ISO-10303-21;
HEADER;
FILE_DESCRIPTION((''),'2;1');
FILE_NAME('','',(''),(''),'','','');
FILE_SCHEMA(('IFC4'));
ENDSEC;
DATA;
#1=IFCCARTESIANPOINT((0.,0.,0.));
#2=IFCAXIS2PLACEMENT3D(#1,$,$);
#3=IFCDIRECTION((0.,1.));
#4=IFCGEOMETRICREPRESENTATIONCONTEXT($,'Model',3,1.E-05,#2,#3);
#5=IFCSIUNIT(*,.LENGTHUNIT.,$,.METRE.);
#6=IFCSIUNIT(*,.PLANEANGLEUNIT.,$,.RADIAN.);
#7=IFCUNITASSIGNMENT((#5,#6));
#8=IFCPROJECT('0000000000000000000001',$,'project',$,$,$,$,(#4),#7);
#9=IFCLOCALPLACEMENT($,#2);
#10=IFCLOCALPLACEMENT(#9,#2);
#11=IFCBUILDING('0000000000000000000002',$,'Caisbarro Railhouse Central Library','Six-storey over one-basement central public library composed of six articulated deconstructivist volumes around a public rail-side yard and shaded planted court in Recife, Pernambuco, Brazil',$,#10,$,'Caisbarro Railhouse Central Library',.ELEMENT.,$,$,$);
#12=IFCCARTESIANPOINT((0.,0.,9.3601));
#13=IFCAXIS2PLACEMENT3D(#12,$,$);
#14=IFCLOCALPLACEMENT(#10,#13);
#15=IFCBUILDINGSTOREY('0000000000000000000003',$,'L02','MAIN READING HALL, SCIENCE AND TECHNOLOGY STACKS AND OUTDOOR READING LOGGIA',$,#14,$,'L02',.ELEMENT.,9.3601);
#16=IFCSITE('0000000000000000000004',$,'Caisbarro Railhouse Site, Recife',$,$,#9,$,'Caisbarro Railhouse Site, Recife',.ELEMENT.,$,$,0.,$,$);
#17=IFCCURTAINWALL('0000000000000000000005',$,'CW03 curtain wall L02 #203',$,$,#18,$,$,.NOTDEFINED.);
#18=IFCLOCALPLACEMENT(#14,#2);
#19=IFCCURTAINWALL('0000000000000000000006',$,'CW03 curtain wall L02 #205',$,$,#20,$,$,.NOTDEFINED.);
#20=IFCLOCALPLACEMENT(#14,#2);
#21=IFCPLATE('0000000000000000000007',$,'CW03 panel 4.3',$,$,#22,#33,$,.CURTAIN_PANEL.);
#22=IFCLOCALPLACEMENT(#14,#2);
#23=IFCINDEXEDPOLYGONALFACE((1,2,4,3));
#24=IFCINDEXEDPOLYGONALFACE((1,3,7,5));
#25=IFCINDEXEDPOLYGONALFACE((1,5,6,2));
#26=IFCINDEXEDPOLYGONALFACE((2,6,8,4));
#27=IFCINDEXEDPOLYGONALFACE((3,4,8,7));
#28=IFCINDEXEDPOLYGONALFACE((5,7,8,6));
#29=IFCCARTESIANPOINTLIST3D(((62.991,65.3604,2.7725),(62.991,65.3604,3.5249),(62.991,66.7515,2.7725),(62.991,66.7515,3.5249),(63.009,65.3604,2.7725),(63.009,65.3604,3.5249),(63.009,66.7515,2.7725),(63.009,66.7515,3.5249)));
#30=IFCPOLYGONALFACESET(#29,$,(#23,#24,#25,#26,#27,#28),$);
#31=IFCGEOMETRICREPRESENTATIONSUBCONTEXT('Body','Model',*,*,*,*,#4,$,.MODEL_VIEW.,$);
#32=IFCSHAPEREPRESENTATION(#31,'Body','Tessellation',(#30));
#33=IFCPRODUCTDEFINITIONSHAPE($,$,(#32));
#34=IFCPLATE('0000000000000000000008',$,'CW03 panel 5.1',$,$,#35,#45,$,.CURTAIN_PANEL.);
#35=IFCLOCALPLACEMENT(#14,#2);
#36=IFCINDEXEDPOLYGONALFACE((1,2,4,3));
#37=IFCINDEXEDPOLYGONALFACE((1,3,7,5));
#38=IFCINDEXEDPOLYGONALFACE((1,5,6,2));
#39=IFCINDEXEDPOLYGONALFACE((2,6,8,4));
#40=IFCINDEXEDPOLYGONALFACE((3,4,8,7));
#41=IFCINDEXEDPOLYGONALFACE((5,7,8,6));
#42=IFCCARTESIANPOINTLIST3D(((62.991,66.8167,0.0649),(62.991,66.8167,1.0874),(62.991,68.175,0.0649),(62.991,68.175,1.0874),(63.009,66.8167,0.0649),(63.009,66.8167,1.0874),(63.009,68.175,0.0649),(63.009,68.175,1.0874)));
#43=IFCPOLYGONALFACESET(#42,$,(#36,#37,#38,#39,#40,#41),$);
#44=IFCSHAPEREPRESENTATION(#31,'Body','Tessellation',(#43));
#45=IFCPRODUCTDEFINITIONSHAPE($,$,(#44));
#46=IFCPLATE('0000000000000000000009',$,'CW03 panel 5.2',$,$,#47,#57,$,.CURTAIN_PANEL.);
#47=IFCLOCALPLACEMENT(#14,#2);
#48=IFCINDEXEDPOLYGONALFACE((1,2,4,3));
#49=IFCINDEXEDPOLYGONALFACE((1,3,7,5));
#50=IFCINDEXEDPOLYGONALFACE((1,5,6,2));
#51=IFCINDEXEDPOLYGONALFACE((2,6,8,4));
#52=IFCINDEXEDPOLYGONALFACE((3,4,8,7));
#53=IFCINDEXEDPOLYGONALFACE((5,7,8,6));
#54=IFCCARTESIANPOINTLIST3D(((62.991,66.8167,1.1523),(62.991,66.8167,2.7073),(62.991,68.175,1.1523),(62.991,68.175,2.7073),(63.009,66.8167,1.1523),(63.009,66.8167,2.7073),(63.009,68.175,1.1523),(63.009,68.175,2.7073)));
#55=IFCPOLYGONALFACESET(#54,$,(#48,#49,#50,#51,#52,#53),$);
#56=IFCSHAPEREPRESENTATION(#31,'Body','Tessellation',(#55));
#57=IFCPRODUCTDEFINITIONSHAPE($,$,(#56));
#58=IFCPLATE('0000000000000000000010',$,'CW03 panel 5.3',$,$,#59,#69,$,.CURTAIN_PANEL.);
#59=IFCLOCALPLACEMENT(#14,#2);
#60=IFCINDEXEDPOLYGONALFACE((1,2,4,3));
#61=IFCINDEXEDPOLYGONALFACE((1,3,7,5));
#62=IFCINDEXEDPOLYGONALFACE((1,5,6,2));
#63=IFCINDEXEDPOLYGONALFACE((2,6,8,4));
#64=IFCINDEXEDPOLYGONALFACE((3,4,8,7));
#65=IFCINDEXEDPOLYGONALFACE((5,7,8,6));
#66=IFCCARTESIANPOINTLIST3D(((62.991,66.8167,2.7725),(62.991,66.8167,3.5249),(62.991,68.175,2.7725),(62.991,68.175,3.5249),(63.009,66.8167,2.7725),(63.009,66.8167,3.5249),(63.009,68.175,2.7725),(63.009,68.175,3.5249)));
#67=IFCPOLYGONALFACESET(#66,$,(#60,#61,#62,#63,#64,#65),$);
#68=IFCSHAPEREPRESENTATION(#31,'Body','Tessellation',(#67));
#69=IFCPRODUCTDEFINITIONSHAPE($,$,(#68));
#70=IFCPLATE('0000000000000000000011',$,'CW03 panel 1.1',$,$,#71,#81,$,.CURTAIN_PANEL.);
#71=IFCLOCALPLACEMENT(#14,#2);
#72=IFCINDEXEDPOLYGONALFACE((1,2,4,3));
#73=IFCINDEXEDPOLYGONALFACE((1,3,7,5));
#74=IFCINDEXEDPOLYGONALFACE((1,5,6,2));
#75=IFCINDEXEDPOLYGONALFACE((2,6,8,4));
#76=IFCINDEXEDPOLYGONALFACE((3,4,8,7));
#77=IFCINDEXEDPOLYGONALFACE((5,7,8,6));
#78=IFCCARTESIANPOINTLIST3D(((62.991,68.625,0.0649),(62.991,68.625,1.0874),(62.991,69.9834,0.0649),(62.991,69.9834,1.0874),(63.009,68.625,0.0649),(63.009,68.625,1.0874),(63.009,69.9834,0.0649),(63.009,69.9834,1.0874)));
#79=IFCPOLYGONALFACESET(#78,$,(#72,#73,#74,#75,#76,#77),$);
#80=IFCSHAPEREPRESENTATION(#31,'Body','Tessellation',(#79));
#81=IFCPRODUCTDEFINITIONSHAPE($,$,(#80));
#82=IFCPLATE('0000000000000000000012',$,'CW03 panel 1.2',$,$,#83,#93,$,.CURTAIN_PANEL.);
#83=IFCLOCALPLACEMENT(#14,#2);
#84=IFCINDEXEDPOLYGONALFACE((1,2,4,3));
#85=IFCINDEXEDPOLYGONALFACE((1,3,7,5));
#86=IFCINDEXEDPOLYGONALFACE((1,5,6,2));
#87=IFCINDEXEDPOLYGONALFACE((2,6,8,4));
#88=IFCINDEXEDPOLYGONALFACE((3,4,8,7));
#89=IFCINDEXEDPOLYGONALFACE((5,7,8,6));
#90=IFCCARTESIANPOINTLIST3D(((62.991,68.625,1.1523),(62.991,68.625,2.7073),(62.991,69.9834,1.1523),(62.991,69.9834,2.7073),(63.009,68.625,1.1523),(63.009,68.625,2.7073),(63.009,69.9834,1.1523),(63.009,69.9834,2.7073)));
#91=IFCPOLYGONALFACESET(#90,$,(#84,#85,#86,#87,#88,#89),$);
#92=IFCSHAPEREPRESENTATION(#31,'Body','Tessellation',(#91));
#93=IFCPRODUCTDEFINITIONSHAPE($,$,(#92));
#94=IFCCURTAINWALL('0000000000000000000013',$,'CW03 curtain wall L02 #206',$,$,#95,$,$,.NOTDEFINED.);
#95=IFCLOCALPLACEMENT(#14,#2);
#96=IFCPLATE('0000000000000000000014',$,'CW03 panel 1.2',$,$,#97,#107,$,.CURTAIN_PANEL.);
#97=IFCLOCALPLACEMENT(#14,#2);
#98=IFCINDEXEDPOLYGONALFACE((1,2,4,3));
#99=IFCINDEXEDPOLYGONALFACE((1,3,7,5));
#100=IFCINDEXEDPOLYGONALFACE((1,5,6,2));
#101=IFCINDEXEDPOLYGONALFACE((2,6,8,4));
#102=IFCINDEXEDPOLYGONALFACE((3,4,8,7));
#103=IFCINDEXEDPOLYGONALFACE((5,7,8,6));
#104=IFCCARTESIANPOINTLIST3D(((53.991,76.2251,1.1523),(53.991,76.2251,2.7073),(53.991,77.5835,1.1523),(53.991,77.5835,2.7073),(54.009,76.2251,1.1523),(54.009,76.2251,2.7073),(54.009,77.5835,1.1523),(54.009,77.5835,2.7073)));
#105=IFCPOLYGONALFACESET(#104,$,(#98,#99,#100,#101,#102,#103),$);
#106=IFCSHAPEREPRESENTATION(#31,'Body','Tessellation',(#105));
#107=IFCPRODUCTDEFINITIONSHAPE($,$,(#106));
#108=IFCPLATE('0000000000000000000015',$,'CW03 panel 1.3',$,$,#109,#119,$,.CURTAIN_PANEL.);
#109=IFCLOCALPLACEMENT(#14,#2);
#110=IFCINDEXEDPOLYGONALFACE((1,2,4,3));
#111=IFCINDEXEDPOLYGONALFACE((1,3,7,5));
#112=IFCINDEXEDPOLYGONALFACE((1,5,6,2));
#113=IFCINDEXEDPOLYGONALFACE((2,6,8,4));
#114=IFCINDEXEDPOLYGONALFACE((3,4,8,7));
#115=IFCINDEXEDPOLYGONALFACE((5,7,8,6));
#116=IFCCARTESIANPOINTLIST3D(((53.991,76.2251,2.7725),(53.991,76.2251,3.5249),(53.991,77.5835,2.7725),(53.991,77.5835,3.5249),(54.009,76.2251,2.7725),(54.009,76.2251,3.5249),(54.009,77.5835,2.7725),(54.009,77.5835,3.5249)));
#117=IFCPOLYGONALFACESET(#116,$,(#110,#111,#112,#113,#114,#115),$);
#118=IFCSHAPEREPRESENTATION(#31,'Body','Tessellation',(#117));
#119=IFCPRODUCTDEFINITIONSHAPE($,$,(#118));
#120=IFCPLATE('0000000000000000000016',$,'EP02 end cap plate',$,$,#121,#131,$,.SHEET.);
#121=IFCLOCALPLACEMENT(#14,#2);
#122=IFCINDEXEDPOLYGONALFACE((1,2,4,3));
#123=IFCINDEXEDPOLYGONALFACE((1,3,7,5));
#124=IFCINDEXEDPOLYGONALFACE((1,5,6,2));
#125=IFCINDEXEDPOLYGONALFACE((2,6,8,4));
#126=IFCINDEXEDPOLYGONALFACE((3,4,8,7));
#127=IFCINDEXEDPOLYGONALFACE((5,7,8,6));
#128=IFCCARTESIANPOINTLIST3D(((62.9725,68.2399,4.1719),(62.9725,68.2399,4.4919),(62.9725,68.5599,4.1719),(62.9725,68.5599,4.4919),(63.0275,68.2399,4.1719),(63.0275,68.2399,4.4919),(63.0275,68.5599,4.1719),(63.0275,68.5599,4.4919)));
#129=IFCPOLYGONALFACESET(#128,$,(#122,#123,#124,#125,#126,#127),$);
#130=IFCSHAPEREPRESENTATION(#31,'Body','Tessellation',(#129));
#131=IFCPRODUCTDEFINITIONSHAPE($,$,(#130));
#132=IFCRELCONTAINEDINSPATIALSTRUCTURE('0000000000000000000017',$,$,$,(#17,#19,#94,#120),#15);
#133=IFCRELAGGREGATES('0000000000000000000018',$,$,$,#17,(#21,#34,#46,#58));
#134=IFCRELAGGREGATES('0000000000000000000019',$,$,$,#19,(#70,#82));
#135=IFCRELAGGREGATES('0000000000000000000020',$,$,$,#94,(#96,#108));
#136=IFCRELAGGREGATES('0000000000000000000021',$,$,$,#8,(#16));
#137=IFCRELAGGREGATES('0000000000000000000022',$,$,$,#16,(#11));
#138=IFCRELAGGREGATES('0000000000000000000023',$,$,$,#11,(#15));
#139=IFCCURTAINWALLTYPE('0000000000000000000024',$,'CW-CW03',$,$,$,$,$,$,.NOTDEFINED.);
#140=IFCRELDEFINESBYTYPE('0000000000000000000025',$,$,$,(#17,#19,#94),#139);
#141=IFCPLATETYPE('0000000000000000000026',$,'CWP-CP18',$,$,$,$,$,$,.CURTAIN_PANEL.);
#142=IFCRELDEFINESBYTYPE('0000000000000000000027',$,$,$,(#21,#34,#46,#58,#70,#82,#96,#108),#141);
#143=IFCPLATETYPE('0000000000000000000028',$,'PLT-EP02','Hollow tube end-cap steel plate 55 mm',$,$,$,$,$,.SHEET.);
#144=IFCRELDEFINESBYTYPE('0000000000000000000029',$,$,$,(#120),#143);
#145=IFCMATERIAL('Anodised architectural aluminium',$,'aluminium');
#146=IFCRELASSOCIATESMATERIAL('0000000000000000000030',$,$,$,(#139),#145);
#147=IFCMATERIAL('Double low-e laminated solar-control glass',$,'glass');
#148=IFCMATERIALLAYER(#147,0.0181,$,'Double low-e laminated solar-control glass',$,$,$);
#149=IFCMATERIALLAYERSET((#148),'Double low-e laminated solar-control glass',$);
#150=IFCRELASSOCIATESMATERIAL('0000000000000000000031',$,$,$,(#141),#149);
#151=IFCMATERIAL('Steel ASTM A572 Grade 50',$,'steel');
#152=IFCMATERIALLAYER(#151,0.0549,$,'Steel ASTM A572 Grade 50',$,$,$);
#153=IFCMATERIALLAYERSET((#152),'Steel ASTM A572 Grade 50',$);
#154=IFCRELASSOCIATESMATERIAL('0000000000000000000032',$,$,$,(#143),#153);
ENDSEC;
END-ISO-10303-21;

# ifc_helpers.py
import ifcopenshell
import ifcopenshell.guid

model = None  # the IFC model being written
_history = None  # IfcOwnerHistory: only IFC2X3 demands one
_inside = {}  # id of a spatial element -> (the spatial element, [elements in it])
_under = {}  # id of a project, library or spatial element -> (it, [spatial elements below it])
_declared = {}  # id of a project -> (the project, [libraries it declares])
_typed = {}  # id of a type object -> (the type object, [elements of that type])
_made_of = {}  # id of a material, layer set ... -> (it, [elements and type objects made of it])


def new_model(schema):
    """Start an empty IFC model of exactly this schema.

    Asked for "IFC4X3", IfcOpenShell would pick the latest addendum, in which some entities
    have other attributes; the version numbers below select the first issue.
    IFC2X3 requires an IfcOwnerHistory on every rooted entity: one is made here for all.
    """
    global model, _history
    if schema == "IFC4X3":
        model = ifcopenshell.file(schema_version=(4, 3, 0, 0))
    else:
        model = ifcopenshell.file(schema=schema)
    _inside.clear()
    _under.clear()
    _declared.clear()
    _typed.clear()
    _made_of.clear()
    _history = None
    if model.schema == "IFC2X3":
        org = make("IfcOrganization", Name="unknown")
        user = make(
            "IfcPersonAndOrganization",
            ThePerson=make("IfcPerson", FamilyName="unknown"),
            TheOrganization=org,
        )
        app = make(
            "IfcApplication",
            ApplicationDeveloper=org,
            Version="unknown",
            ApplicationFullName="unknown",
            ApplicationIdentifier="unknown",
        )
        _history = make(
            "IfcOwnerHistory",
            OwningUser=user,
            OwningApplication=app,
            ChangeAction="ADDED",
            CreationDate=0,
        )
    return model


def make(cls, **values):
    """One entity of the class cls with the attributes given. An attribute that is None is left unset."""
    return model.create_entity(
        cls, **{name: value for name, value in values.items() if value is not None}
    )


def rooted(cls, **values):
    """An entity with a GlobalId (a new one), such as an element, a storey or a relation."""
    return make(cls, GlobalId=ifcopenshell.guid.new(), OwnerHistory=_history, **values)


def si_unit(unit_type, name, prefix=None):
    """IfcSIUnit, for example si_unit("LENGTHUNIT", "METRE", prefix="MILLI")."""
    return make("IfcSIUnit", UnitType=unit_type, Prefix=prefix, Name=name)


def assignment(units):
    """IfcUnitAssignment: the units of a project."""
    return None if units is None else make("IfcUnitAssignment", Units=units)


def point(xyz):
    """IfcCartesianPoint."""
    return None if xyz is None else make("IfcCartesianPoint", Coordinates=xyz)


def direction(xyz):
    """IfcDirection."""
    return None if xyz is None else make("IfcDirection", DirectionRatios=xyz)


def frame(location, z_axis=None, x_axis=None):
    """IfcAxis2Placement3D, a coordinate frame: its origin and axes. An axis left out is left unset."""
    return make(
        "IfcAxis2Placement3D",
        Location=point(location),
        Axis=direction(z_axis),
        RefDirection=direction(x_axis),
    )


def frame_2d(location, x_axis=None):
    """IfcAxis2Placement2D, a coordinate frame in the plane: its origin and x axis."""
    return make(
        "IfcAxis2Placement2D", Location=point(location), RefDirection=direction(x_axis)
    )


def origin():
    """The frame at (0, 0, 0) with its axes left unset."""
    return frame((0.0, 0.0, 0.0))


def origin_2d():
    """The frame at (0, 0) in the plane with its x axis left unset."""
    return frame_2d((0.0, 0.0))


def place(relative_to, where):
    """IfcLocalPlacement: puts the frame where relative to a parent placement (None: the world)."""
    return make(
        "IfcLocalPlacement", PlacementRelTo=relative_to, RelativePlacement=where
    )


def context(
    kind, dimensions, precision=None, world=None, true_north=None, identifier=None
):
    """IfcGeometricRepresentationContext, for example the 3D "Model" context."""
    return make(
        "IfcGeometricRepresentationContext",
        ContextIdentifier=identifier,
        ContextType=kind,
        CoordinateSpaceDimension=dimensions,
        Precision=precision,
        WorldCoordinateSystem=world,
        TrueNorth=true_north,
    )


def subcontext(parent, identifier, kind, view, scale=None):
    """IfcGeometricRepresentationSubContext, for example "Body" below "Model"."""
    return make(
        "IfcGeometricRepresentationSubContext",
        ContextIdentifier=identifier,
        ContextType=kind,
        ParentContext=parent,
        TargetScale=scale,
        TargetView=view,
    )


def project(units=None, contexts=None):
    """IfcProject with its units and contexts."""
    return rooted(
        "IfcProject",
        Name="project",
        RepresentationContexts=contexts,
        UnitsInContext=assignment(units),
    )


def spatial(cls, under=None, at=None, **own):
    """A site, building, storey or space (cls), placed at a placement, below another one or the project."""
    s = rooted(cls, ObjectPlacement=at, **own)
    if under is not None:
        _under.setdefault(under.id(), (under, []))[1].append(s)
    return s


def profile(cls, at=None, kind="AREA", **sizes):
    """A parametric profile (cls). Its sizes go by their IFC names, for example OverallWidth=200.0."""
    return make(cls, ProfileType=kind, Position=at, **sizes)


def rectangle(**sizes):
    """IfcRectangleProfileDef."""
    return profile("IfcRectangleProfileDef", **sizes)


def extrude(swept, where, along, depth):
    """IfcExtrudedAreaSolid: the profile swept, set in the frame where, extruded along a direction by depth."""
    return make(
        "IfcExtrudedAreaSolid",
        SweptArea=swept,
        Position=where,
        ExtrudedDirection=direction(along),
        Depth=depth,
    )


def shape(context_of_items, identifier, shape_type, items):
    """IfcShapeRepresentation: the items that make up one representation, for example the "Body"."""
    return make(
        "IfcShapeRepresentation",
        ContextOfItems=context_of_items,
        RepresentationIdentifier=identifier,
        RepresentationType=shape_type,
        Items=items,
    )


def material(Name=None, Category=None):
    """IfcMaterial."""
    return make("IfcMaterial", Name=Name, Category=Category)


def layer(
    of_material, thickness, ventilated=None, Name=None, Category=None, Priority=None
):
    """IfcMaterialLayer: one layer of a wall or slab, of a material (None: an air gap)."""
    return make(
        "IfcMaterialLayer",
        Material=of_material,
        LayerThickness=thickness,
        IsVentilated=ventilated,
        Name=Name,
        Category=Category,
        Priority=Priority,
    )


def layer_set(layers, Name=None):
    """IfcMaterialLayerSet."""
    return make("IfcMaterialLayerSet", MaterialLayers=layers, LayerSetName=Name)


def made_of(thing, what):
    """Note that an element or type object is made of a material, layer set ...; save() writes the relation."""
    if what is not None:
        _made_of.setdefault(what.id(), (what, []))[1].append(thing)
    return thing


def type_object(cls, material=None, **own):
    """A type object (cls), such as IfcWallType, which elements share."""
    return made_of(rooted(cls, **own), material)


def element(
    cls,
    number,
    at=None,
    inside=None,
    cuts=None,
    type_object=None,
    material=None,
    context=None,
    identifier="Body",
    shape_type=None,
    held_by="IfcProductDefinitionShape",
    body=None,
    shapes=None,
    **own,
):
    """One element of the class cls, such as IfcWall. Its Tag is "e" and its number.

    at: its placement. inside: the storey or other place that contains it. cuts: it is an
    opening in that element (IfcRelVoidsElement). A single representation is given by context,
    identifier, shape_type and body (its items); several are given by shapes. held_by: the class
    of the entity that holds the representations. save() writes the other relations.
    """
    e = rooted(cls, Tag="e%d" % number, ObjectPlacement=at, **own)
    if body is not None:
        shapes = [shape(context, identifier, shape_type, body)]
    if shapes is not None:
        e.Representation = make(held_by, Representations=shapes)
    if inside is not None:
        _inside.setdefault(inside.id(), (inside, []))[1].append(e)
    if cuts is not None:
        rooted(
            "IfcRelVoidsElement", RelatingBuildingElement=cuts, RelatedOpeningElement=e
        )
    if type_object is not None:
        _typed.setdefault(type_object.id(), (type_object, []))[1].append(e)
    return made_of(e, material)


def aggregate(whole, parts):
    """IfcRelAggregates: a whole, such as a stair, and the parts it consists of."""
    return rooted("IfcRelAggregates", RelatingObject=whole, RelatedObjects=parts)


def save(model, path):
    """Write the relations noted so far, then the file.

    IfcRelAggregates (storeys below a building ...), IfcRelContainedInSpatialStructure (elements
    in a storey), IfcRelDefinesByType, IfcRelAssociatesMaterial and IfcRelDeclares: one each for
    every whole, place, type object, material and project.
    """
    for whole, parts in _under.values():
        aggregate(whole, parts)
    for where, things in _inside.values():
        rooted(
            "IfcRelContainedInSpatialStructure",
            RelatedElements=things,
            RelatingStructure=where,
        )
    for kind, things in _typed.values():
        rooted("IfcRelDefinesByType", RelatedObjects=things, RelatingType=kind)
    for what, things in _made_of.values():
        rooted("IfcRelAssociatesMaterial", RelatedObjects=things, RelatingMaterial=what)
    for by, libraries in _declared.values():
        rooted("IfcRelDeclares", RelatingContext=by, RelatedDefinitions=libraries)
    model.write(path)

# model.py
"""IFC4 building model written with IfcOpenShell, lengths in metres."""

from ifc_helpers import new_model, si_unit, direction, frame, origin, origin_2d, place, context, subcontext, project, spatial, rectangle, extrude, material, layer, layer_set, type_object, element, aggregate, save


model = new_model("IFC4")

# Units and contexts
model_context = context("Model", 3, precision=1e-05, world=origin(), true_north=direction((0.0, 1.0)))
body_context = subcontext(model_context, "Body", "Model", "MODEL_VIEW")
ifc_project = project(units=[si_unit("LENGTHUNIT", "METRE"), si_unit("PLANEANGLEUNIT", "RADIAN")], contexts=[model_context])

# Site, building, storey
site_placement = place(None, origin())
site = spatial("IfcSite", under=ifc_project, at=site_placement, Name="Caisbarro Railhouse Site, Recife", LongName="Caisbarro Railhouse Site, Recife", CompositionType="ELEMENT", RefElevation=0.0)
building_placement = place(site_placement, origin())
building = spatial("IfcBuilding", under=site, at=building_placement, Name="Caisbarro Railhouse Central Library", Description="Six-storey over one-basement central public library composed of six articulated deconstructivist volumes around a public rail-side yard and shaded planted court in Recife, Pernambuco, Brazil", LongName="Caisbarro Railhouse Central Library", CompositionType="ELEMENT")
storey_placement = place(building_placement, frame((0.0, 0.0, 9.3601)))
storey = spatial("IfcBuildingStorey", under=building, at=storey_placement, Name="L02", Description="MAIN READING HALL, SCIENCE AND TECHNOLOGY STACKS AND OUTDOOR READING LOGGIA", LongName="L02", CompositionType="ELEMENT", Elevation=9.3601)

# Shared definitions
ifc_material_1 = material(Name="Steel ASTM A572 Grade 50", Category="steel")

# Curtain wall
ifc_material_2 = material(Name="Anodised architectural aluminium", Category="aluminium")
curtain_wall_type = type_object("IfcCurtainWallType", Name="CW-CW03", PredefinedType="NOTDEFINED", material=ifc_material_2)
curtain_wall_1_placement = place(storey_placement, origin())
curtain_wall_1 = element("IfcCurtainWall", 1, at=curtain_wall_1_placement, inside=storey, type_object=curtain_wall_type, Name="CW03 curtain wall L02 #203", PredefinedType="NOTDEFINED")

# Curtain wall
curtain_wall_2_placement = place(storey_placement, origin())
curtain_wall_2 = element("IfcCurtainWall", 2, at=curtain_wall_2_placement, inside=storey, type_object=curtain_wall_type, Name="CW03 curtain wall L02 #205", PredefinedType="NOTDEFINED")

# Plates
ifc_material_3 = material(Name="Double low-e laminated solar-control glass", Category="glass")
ifc_layer_1 = layer(ifc_material_3, 0.0181, Name="Double low-e laminated solar-control glass")
ifc_layer_set_1 = layer_set([ifc_layer_1], Name="Double low-e laminated solar-control glass")
plate_type_1 = type_object("IfcPlateType", Name="CWP-CP18", PredefinedType="CURTAIN_PANEL", material=ifc_layer_set_1)
plate_1_placement = place(storey_placement, frame((63.0, 66.0559, 2.7725), z_axis=(0.0, 0.0, 1.0), x_axis=(0.0, 1.0, 0.0)))
plate_1 = element("IfcPlate", 3, at=plate_1_placement, type_object=plate_type_1, Name="CW03 panel 4.3", PredefinedType="CURTAIN_PANEL", context=body_context, shape_type="SweptSolid", body=[
    extrude(rectangle(XDim=1.3911, YDim=0.0181, at=origin_2d()), origin(), (0.0, 0.0, 1.0), 0.7524),
])
plate_2_placement = place(storey_placement, frame((63.0, 67.4958, 0.0649), z_axis=(0.0, 0.0, 1.0), x_axis=(0.0, 1.0, 0.0)))
plate_2 = element("IfcPlate", 4, at=plate_2_placement, type_object=plate_type_1, Name="CW03 panel 5.1", PredefinedType="CURTAIN_PANEL", context=body_context, shape_type="SweptSolid", body=[
    extrude(rectangle(XDim=1.3584, YDim=0.0181, at=origin_2d()), origin(), (0.0, 0.0, 1.0), 1.0225),
])
plate_3_placement = place(storey_placement, frame((63.0, 67.4958, 1.1523), z_axis=(0.0, 0.0, 1.0), x_axis=(0.0, 1.0, 0.0)))
plate_3 = element("IfcPlate", 5, at=plate_3_placement, type_object=plate_type_1, Name="CW03 panel 5.2", PredefinedType="CURTAIN_PANEL", context=body_context, shape_type="SweptSolid", body=[
    extrude(rectangle(XDim=1.3584, YDim=0.0181, at=origin_2d()), origin(), (0.0, 0.0, 1.0), 1.5549),
])
plate_4_placement = place(storey_placement, frame((63.0, 67.4958, 2.7725), z_axis=(0.0, 0.0, 1.0), x_axis=(0.0, 1.0, 0.0)))
plate_4 = element("IfcPlate", 6, at=plate_4_placement, type_object=plate_type_1, Name="CW03 panel 5.3", PredefinedType="CURTAIN_PANEL", context=body_context, shape_type="SweptSolid", body=[
    extrude(rectangle(XDim=1.3584, YDim=0.0181, at=origin_2d()), origin(), (0.0, 0.0, 1.0), 0.7524),
])
aggregate(curtain_wall_1, [plate_1, plate_2, plate_3, plate_4])
plate_5_placement = place(storey_placement, frame((63.0, 69.3042, 0.0649), z_axis=(0.0, 0.0, 1.0), x_axis=(0.0, 1.0, 0.0)))
plate_5 = element("IfcPlate", 7, at=plate_5_placement, type_object=plate_type_1, Name="CW03 panel 1.1", PredefinedType="CURTAIN_PANEL", context=body_context, shape_type="SweptSolid", body=[
    extrude(rectangle(XDim=1.3584, YDim=0.0181, at=origin_2d()), origin(), (0.0, 0.0, 1.0), 1.0225),
])
plate_6_placement = place(storey_placement, frame((63.0, 69.3042, 1.1523), z_axis=(0.0, 0.0, 1.0), x_axis=(0.0, 1.0, 0.0)))
plate_6 = element("IfcPlate", 8, at=plate_6_placement, type_object=plate_type_1, Name="CW03 panel 1.2", PredefinedType="CURTAIN_PANEL", context=body_context, shape_type="SweptSolid", body=[
    extrude(rectangle(XDim=1.3584, YDim=0.0181, at=origin_2d()), origin(), (0.0, 0.0, 1.0), 1.5549),
])
aggregate(curtain_wall_2, [plate_5, plate_6])

# Curtain wall, plates
curtain_wall_3_placement = place(storey_placement, origin())
curtain_wall_3 = element("IfcCurtainWall", 9, at=curtain_wall_3_placement, inside=storey, type_object=curtain_wall_type, Name="CW03 curtain wall L02 #206", PredefinedType="NOTDEFINED")
plate_7_placement = place(storey_placement, frame((54.0, 76.9043, 1.1523), z_axis=(0.0, 0.0, 1.0), x_axis=(0.0, 1.0, 0.0)))
plate_7 = element("IfcPlate", 10, at=plate_7_placement, type_object=plate_type_1, Name="CW03 panel 1.2", PredefinedType="CURTAIN_PANEL", context=body_context, shape_type="SweptSolid", body=[
    extrude(rectangle(XDim=1.3584, YDim=0.0181, at=origin_2d()), origin(), (0.0, 0.0, 1.0), 1.5549),
])
plate_8_placement = place(storey_placement, frame((54.0, 76.9043, 2.7725), z_axis=(0.0, 0.0, 1.0), x_axis=(0.0, 1.0, 0.0)))
plate_8 = element("IfcPlate", 11, at=plate_8_placement, type_object=plate_type_1, Name="CW03 panel 1.3", PredefinedType="CURTAIN_PANEL", context=body_context, shape_type="SweptSolid", body=[
    extrude(rectangle(XDim=1.3584, YDim=0.0181, at=origin_2d()), origin(), (0.0, 0.0, 1.0), 0.7524),
])
aggregate(curtain_wall_3, [plate_7, plate_8])

# Plate
ifc_layer_2 = layer(ifc_material_1, 0.0549, Name="Steel ASTM A572 Grade 50")
ifc_layer_set_2 = layer_set([ifc_layer_2], Name="Steel ASTM A572 Grade 50")
plate_type_2 = type_object("IfcPlateType", Name="PLT-EP02", Description="Hollow tube end-cap steel plate 55 mm", PredefinedType="SHEET", material=ifc_layer_set_2)
plate_9_placement = place(storey_placement, frame((63.0, 68.3999, 4.1719), z_axis=(0.0, 0.0, 1.0), x_axis=(1.0, 0.0, 0.0)))
element("IfcPlate", 12, at=plate_9_placement, inside=storey, type_object=plate_type_2, Name="EP02 end cap plate", PredefinedType="SHEET", context=body_context, shape_type="SweptSolid", body=[
    extrude(rectangle(XDim=0.0549, YDim=0.3201, at=origin_2d()), origin(), (0.0, 0.0, 1.0), 0.3201),
])

save(model, "model.ifc")
